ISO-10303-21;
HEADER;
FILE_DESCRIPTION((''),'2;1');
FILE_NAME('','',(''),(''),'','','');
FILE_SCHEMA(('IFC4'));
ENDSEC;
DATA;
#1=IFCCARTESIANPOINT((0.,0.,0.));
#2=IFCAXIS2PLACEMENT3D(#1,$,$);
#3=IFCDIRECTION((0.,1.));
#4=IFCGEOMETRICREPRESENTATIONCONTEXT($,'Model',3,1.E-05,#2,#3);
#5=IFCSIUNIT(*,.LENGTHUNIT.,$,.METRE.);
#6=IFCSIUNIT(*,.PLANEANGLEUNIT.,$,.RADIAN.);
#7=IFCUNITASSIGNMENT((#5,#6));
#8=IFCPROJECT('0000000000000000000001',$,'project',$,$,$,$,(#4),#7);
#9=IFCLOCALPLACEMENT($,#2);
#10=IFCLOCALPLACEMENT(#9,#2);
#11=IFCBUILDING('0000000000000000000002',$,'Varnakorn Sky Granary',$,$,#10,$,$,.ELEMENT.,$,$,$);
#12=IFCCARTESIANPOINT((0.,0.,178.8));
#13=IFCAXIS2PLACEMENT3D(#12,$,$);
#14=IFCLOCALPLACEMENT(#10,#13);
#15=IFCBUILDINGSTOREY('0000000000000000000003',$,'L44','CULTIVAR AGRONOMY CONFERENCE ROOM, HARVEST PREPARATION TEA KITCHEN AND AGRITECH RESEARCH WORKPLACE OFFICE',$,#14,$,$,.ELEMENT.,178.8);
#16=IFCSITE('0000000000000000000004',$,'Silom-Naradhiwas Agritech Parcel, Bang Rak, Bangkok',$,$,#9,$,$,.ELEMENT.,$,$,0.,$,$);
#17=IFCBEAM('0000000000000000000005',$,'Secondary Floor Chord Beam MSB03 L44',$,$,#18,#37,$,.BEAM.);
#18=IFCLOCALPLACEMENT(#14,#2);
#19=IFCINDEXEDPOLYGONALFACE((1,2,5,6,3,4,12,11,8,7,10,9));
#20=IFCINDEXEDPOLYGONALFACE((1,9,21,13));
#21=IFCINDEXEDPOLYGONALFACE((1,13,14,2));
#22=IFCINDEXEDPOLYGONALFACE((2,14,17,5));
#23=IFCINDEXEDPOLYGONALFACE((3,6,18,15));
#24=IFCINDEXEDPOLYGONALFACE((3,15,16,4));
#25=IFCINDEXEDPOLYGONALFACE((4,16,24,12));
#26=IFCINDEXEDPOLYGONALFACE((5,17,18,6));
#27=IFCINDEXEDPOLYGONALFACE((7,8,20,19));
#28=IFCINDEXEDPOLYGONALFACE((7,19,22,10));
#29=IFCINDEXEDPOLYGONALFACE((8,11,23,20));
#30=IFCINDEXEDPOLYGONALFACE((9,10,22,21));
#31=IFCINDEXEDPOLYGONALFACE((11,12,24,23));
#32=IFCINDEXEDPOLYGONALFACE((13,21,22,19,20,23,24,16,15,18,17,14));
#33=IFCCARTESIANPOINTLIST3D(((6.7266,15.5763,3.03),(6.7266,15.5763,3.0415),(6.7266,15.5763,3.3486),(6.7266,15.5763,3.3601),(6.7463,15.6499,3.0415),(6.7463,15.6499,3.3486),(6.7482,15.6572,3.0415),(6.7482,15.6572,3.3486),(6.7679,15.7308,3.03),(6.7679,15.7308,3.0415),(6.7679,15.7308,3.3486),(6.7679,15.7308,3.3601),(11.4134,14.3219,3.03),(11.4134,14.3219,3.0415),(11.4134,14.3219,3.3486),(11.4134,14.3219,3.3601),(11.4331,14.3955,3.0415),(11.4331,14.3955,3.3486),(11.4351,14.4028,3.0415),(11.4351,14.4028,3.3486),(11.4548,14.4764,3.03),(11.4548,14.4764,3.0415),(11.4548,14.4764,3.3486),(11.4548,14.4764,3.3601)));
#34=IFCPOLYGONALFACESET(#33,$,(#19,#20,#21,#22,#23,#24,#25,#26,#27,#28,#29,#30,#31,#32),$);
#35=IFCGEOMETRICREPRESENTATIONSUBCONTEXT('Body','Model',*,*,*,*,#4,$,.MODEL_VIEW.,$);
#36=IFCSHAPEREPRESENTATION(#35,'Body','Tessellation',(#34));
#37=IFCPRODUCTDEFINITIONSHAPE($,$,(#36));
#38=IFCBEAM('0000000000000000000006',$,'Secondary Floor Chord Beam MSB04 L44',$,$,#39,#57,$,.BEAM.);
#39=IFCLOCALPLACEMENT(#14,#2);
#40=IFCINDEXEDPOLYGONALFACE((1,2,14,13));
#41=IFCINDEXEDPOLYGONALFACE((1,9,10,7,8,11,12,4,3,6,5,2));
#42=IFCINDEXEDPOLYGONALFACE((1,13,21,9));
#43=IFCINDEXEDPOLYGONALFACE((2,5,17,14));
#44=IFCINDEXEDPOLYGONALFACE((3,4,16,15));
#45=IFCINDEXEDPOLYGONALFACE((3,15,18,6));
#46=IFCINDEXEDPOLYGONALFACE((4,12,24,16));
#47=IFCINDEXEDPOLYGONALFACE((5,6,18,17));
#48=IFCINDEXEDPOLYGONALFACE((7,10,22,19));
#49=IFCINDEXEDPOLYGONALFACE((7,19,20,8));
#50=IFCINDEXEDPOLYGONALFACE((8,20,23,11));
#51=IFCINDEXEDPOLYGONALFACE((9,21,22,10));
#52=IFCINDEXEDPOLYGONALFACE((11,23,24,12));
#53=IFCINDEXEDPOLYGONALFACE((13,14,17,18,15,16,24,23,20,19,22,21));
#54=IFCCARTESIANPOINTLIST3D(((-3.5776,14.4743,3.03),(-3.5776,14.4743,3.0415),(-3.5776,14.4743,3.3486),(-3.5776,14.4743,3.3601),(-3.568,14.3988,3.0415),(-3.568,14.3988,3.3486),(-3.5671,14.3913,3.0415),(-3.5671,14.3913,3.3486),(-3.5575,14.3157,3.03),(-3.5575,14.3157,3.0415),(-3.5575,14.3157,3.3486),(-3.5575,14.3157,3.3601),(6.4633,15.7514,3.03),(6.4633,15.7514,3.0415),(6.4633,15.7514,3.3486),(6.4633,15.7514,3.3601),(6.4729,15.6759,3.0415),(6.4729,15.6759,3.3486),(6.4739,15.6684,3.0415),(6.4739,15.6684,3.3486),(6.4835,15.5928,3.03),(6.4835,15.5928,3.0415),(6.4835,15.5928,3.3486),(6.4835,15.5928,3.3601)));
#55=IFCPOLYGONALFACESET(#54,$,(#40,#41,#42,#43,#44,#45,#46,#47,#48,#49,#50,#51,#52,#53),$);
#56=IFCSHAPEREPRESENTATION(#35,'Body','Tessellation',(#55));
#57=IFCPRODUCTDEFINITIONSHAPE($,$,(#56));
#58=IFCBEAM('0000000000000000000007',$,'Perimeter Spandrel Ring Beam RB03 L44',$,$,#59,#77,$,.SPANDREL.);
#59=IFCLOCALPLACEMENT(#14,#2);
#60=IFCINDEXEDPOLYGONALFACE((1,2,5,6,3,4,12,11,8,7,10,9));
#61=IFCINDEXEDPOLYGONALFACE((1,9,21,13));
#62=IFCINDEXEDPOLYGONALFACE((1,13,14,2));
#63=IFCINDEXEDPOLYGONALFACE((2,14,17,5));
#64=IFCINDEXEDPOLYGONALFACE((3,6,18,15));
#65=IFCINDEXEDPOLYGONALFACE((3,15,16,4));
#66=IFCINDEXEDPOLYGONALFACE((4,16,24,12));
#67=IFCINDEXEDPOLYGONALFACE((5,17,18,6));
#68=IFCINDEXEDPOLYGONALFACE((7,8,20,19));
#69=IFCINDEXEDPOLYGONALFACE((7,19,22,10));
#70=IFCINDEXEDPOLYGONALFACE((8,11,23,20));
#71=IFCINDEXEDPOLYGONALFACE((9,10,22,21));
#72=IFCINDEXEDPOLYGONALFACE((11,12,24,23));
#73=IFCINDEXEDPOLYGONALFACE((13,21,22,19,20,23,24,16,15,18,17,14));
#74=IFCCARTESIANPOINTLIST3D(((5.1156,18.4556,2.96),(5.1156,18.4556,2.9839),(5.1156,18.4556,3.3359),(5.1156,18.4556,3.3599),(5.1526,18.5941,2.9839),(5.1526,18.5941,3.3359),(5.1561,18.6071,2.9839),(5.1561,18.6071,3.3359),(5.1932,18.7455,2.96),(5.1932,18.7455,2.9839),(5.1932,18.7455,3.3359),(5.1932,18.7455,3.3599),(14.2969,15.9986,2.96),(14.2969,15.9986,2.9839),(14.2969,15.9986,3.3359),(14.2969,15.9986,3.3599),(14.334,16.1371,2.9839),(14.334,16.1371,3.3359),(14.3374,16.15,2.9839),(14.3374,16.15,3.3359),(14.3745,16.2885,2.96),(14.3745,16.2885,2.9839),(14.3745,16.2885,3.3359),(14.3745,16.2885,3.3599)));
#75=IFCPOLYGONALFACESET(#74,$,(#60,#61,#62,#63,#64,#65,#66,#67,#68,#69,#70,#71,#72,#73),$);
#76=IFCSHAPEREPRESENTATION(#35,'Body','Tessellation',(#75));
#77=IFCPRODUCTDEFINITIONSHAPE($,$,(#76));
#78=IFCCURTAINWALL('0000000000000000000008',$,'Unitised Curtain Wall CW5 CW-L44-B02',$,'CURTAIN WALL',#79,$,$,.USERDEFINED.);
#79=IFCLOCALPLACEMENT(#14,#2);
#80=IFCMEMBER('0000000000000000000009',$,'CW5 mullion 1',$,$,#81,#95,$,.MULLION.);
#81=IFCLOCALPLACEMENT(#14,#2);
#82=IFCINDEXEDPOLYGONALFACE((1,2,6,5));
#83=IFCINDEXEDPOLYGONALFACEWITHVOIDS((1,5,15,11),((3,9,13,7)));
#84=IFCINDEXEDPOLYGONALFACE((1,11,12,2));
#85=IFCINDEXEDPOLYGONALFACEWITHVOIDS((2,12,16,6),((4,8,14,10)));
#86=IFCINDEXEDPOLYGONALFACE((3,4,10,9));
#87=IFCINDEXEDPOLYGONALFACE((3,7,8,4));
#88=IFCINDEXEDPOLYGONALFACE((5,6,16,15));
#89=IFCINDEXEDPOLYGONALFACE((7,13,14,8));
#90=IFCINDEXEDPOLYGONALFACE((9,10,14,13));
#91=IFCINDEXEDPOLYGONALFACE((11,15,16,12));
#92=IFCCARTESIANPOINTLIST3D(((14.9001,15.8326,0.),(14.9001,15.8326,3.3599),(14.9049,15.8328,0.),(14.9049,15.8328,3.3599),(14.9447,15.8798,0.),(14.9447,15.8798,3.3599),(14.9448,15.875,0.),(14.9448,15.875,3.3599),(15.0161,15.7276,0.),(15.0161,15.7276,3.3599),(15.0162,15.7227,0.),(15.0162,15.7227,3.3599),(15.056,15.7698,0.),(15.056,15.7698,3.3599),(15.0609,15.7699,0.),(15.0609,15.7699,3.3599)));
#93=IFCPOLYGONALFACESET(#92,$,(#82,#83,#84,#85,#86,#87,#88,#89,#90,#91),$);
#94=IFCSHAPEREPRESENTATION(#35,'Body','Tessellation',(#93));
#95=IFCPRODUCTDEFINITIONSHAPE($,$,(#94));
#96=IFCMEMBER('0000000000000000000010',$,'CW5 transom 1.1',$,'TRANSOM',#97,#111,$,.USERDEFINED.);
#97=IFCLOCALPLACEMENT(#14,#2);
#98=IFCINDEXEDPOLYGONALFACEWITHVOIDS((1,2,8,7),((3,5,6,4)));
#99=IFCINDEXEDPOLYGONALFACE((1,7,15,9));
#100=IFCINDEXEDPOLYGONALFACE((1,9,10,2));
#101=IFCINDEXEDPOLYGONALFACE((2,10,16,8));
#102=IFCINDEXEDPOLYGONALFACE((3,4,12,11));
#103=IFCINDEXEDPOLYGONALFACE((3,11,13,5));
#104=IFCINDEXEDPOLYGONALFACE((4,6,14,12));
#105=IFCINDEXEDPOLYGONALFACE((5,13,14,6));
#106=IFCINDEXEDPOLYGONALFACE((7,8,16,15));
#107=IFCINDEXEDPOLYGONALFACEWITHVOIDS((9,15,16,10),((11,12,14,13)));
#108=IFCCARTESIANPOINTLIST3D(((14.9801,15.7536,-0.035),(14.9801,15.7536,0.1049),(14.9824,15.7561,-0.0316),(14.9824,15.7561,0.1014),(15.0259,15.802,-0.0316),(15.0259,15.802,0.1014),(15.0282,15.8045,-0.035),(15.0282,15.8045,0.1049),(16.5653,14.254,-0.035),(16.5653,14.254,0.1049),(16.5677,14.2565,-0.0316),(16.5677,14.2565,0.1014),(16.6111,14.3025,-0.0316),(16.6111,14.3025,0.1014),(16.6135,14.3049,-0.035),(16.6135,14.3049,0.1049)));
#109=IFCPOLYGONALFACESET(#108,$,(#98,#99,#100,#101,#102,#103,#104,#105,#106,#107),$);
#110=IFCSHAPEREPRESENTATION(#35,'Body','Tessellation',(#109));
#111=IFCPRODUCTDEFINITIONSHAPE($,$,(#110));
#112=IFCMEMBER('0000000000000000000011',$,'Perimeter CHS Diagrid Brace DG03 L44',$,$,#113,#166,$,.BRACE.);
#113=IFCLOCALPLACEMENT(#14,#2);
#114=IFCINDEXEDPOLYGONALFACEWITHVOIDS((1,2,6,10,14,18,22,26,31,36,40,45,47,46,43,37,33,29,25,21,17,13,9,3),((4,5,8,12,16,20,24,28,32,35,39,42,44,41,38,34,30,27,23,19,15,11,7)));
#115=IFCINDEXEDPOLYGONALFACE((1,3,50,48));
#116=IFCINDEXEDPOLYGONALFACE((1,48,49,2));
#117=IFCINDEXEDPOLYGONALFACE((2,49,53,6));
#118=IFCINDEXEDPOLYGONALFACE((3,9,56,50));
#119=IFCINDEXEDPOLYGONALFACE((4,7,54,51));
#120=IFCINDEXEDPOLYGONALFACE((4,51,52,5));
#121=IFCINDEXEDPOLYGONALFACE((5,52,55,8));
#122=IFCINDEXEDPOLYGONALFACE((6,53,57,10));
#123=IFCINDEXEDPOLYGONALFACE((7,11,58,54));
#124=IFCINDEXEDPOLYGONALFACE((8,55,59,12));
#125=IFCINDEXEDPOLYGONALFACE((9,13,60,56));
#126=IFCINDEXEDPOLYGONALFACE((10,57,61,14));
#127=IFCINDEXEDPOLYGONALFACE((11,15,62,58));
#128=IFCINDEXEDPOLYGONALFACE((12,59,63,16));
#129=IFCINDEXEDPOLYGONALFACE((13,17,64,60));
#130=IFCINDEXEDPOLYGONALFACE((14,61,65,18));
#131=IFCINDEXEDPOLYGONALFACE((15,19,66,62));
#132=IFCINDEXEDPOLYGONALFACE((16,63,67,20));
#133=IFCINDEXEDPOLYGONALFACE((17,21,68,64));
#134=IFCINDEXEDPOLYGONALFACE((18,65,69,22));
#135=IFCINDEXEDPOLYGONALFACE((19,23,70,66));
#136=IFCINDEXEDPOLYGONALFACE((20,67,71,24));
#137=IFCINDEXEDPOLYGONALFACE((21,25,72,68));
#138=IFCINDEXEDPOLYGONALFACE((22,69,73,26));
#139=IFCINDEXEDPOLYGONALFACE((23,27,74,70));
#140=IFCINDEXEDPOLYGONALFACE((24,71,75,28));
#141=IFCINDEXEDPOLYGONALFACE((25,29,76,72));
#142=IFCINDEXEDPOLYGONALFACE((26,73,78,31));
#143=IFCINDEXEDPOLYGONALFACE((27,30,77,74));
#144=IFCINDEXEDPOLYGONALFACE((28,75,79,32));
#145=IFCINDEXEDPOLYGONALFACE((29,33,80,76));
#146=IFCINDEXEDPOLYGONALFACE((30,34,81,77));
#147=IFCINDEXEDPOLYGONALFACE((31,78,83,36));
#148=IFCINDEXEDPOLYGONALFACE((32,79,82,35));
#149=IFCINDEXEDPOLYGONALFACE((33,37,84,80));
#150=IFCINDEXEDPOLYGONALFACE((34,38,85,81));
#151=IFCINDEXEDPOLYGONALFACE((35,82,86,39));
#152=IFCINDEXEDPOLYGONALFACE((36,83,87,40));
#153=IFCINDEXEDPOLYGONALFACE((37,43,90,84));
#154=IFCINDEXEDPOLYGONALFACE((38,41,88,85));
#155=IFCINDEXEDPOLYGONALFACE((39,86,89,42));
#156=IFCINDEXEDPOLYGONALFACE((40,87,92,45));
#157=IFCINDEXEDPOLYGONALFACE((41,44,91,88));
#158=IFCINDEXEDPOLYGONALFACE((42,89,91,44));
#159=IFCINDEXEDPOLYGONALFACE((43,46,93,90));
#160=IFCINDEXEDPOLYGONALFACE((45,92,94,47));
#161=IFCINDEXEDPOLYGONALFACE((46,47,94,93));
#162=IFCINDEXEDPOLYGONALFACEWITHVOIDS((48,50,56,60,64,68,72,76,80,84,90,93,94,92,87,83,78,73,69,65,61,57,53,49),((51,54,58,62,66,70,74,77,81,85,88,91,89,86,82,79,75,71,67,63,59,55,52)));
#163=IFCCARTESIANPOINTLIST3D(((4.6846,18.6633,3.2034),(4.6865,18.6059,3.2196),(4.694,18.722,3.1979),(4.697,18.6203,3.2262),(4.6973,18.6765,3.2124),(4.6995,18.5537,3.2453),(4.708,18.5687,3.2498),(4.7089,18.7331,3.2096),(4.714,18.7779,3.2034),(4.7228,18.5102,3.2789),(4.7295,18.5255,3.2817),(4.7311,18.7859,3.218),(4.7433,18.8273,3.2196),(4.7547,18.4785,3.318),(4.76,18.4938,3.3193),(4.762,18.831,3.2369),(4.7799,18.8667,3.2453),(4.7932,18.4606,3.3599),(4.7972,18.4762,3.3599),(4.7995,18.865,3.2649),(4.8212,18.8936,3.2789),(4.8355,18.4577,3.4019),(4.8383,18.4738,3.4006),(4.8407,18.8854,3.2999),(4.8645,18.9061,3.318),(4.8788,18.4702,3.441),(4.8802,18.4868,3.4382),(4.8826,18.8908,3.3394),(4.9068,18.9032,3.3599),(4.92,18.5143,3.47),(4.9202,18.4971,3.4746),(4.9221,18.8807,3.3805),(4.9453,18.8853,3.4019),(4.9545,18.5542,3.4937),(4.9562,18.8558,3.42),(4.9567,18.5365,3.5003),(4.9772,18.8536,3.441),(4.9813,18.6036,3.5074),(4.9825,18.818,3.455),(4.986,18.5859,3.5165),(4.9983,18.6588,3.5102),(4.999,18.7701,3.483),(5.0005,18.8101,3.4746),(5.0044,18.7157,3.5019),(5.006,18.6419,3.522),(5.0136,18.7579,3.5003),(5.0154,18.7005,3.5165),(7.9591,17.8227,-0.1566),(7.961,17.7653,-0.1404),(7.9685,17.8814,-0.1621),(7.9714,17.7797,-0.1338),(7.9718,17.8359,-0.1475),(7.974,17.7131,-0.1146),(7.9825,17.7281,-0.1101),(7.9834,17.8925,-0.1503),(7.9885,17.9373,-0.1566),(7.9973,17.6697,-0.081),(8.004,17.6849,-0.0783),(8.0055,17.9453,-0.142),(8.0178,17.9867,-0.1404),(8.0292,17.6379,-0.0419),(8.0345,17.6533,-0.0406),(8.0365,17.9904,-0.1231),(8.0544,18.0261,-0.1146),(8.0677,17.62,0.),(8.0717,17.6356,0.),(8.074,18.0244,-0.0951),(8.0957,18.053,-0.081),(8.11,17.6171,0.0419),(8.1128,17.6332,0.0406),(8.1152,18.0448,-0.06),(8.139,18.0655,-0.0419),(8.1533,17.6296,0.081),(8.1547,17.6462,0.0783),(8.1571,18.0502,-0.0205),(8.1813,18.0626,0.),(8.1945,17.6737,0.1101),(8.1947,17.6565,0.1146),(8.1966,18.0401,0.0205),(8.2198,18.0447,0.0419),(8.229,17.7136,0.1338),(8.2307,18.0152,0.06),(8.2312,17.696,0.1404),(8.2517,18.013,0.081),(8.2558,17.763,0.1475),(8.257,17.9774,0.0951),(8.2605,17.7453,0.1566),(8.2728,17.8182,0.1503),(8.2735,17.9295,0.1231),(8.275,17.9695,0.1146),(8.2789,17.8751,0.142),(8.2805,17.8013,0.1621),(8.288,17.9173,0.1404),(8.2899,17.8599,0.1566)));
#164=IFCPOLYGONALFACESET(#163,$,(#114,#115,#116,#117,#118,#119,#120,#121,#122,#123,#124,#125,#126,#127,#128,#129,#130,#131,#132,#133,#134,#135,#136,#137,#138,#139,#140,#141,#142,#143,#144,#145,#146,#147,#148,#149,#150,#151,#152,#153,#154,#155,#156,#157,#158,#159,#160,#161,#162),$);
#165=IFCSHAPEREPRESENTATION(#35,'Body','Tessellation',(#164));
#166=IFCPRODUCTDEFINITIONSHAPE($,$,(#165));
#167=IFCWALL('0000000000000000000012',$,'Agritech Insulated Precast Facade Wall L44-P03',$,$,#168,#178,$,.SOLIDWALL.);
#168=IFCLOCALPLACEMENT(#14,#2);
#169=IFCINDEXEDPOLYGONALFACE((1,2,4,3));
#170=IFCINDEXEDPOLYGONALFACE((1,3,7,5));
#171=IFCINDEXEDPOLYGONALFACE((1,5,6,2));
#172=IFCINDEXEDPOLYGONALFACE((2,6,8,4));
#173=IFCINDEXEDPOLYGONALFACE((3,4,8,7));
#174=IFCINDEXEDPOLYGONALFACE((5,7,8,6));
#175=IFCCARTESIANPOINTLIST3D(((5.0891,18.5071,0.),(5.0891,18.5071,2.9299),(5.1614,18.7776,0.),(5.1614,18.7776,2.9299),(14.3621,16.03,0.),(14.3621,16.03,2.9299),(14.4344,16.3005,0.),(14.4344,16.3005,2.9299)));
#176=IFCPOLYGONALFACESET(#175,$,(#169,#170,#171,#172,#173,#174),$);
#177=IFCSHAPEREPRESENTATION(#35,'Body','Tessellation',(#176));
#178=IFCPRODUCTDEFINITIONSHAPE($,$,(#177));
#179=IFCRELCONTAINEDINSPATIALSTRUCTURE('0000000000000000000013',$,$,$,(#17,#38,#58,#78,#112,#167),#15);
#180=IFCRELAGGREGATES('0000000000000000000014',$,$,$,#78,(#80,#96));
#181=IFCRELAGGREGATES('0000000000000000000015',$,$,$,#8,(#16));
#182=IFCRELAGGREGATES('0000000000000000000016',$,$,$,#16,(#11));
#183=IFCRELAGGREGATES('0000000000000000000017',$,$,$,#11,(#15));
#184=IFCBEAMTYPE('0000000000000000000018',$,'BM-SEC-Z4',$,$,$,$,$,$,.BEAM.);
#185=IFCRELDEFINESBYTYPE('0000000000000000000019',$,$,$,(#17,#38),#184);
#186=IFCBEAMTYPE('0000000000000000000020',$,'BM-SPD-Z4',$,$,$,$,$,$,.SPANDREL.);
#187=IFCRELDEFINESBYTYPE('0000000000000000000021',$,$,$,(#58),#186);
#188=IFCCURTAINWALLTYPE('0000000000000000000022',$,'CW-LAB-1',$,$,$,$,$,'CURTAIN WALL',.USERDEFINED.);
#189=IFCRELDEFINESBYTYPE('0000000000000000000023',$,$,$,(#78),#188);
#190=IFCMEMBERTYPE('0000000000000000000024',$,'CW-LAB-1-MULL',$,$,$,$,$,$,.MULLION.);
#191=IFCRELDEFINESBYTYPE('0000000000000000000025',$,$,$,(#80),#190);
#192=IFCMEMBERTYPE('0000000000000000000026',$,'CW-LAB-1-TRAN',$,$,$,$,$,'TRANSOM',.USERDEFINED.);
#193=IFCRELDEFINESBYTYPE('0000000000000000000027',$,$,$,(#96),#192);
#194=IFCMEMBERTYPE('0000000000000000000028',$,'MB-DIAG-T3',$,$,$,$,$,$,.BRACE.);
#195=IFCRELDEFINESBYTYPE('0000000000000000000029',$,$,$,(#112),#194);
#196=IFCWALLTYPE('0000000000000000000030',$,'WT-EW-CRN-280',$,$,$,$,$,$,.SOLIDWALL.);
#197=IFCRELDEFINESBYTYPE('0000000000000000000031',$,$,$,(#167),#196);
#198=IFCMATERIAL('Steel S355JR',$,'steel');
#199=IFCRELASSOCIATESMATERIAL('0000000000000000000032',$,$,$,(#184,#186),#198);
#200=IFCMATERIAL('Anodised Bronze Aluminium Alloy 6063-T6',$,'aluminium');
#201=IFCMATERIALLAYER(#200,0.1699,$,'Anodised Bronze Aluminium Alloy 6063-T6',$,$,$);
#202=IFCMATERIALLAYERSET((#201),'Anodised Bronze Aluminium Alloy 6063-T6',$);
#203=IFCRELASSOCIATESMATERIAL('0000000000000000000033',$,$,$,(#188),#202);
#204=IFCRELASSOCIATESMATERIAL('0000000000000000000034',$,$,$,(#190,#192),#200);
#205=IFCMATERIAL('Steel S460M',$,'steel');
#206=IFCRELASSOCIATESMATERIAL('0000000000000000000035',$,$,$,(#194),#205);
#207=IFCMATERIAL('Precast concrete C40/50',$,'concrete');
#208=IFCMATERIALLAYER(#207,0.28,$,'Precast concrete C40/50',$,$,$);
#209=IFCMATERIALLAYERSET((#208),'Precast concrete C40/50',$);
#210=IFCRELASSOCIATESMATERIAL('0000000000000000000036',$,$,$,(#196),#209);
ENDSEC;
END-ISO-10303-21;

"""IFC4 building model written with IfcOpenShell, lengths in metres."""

from ifc_helpers import new_model, si_unit, direction, frame, frame_2d, origin, origin_2d, place, context, subcontext, project, spatial, rectangle, hollow_rectangle, hollow_circle, i_section, extrude, material, layer, layer_set, material_profile, profile_set, type_object, element, aggregate, save


model = new_model("IFC4")

# Units and contexts
model_context = context("Model", 3, precision=1e-05, world=origin(), true_north=direction((0.0, 1.0)))
body_context = subcontext(model_context, "Body", "Model", "MODEL_VIEW")
ifc_project = project(units=[si_unit("LENGTHUNIT", "METRE"), si_unit("PLANEANGLEUNIT", "RADIAN")], contexts=[model_context])

# Site, building, storey
site_placement = place(None, origin())
site = spatial("IfcSite", under=ifc_project, at=site_placement, Name="Silom-Naradhiwas Agritech Parcel, Bang Rak, Bangkok", CompositionType="ELEMENT", RefElevation=0.0)
building_placement = place(site_placement, origin())
building = spatial("IfcBuilding", under=site, at=building_placement, Name="Varnakorn Sky Granary", CompositionType="ELEMENT")
storey_placement = place(building_placement, frame((0.0, 0.0, 178.8)))
storey = spatial("IfcBuildingStorey", under=building, at=storey_placement, Name="L44", Description="CULTIVAR AGRONOMY CONFERENCE ROOM, HARVEST PREPARATION TEA KITCHEN AND AGRITECH RESEARCH WORKPLACE OFFICE", CompositionType="ELEMENT", Elevation=178.8)

# Shared definitions
ifc_material_1 = material(Name="Steel S460M", Category="steel")

# Beams
ifc_material_2 = material(Name="Steel S355JR", Category="steel")
ifc_material_profile_1 = material_profile(ifc_material_2, i_section(OverallWidth=0.1599, OverallDepth=0.3301, WebThickness=0.0076, FlangeThickness=0.0115, at=origin_2d()), Name="IPE 330")
ifc_profile_set_1 = profile_set([ifc_material_profile_1], Name="Steel S355JR")
beam_type_1 = type_object("IfcBeamType", Name="BM-SEC-Z4", PredefinedType="BEAM", material=ifc_profile_set_1)
beam_1_placement = place(storey_placement, frame((11.4341, 14.3992, 3.1951), z_axis=(-0.965999, 0.258546, 0.0), x_axis=(-0.258546, -0.965999, 0.0)))
element("IfcBeam", 1, at=beam_1_placement, inside=storey, type_object=beam_type_1, Name="Secondary Floor Chord Beam MSB03 L44", PredefinedType="BEAM", context=body_context, shape_type="SweptSolid", body=[
    extrude(i_section(OverallWidth=0.1599, OverallDepth=0.3301, WebThickness=0.0076, FlangeThickness=0.0115, at=origin_2d()), origin(), (0.0, 0.0, 1.0), 4.8518),
])
beam_2_placement = place(storey_placement, frame((6.4734, 15.6721, 3.1951), z_axis=(-0.992008, -0.126172, 0.0), x_axis=(0.126172, -0.992008, 0.0)))
element("IfcBeam", 2, at=beam_2_placement, inside=storey, type_object=beam_type_1, Name="Secondary Floor Chord Beam MSB04 L44", PredefinedType="BEAM", context=body_context, shape_type="SweptSolid", body=[
    extrude(i_section(OverallWidth=0.1599, OverallDepth=0.3301, WebThickness=0.0076, FlangeThickness=0.0115, at=origin_2d()), origin(), (0.0, 0.0, 1.0), 10.1218),
])
ifc_material_profile_2 = material_profile(ifc_material_2, i_section(OverallWidth=0.3, OverallDepth=0.3999, WebThickness=0.0134, FlangeThickness=0.0239, at=origin_2d()), Name="HE 400 B")
ifc_profile_set_2 = profile_set([ifc_material_profile_2], Name="Steel S355JR")
beam_type_2 = type_object("IfcBeamType", Name="BM-SPD-Z4", PredefinedType="SPANDREL", material=ifc_profile_set_2)
beam_3_placement = place(storey_placement, frame((14.3357, 16.1436, 3.1599), z_axis=(-0.966008, 0.258513, 0.0), x_axis=(-0.258513, -0.966008, 0.0)))
element("IfcBeam", 3, at=beam_3_placement, inside=storey, type_object=beam_type_2, Name="Perimeter Spandrel Ring Beam RB03 L44", PredefinedType="SPANDREL", context=body_context, shape_type="SweptSolid", body=[
    extrude(i_section(OverallWidth=0.3, OverallDepth=0.3999, WebThickness=0.0134, FlangeThickness=0.0239, at=origin_2d()), origin(), (0.0, 0.0, 1.0), 9.5044),
])

# Curtain wall, members
ifc_material_3 = material(Name="Anodised Bronze Aluminium Alloy 6063-T6", Category="aluminium")
ifc_layer_1 = layer(ifc_material_3, 0.1699, Name="Anodised Bronze Aluminium Alloy 6063-T6")
ifc_layer_set_1 = layer_set([ifc_layer_1], Name="Anodised Bronze Aluminium Alloy 6063-T6")
curtain_wall_type = type_object("IfcCurtainWallType", Name="CW-LAB-1", ElementType="CURTAIN WALL", PredefinedType="USERDEFINED", material=ifc_layer_set_1)
curtain_wall_placement = place(storey_placement, origin())
curtain_wall = element("IfcCurtainWall", 4, at=curtain_wall_placement, inside=storey, type_object=curtain_wall_type, Name="Unitised Curtain Wall CW5 CW-L44-B02", ObjectType="CURTAIN WALL", PredefinedType="USERDEFINED")
ifc_material_profile_3 = material_profile(ifc_material_3, hollow_rectangle(XDim=0.0649, YDim=0.1599, WallThickness=0.0034, at=origin_2d()), Name="ALU MULL 65x160")
ifc_profile_set_3 = profile_set([ifc_material_profile_3], Name="Anodised Bronze Aluminium Alloy 6063-T6")
member_type_1 = type_object("IfcMemberType", Name="CW-LAB-1-MULL", PredefinedType="MULLION", material=ifc_profile_set_3)
member_1_placement = place(storey_placement, frame((14.9805, 15.8013, 0.0), z_axis=(0.0, 0.0, 1.0), x_axis=(0.687124, 0.726541, 0.0)))
member_1 = element("IfcMember", 5, at=member_1_placement, type_object=member_type_1, Name="CW5 mullion 1", PredefinedType="MULLION", context=body_context, shape_type="SweptSolid", body=[
    extrude(hollow_rectangle(XDim=0.0649, YDim=0.1599, WallThickness=0.0034, at=origin_2d()), origin(), (0.0, 0.0, 1.0), 3.3599),
])
ifc_material_profile_4 = material_profile(ifc_material_3, hollow_rectangle(XDim=0.0701, YDim=0.1399, WallThickness=0.0034, at=origin_2d()), Name="ALU TRAN 70x140")
ifc_profile_set_4 = profile_set([ifc_material_profile_4], Name="Anodised Bronze Aluminium Alloy 6063-T6")
member_type_2 = type_object("IfcMemberType", Name="CW-LAB-1-TRAN", ElementType="TRANSOM", PredefinedType="USERDEFINED", material=ifc_profile_set_4)
member_2_placement = place(storey_placement, frame((15.0042, 15.7791, 0.0349), z_axis=(0.72647, -0.687198, 0.0), x_axis=(0.687198, 0.72647, 0.0)))
member_2 = element("IfcMember", 6, at=member_2_placement, type_object=member_type_2, Name="CW5 transom 1.1", ObjectType="TRANSOM", PredefinedType="USERDEFINED", context=body_context, shape_type="SweptSolid", body=[
    extrude(hollow_rectangle(XDim=0.0701, YDim=0.1399, WallThickness=0.0034, at=origin_2d()), origin(), (0.0, 0.0, 1.0), 2.1821),
])
aggregate(curtain_wall, [member_1, member_2])

# Member
ifc_material_profile_5 = material_profile(ifc_material_1, hollow_circle(Radius=0.2285, WallThickness=0.0161, at=origin_2d()), Name="CHS 457x16")
ifc_profile_set_5 = profile_set([ifc_material_profile_5], Name="Steel S460M")
member_type_3 = type_object("IfcMemberType", Name="MB-DIAG-T3", PredefinedType="BRACE", material=ifc_profile_set_5)
member_3_placement = place(storey_placement, frame((8.1245, 17.8413, 0.0), z_axis=(-0.687002, 0.17636, 0.70493), x_axis=(-0.248648, -0.968594, 0.0)))
element("IfcMember", 7, at=member_3_placement, inside=storey, type_object=member_type_3, Name="Perimeter CHS Diagrid Brace DG03 L44", PredefinedType="BRACE", context=body_context, shape_type="SweptSolid", body=[
    extrude(hollow_circle(Radius=0.2285, WallThickness=0.0161, at=origin_2d()), origin(), (0.0, 0.0, 1.0), 4.7664),
])

# Wall
ifc_material_4 = material(Name="Precast concrete C40/50", Category="concrete")
ifc_layer_2 = layer(ifc_material_4, 0.28, Name="Precast concrete C40/50")
ifc_layer_set_2 = layer_set([ifc_layer_2], Name="Precast concrete C40/50")
wall_type_1 = type_object("IfcWallType", Name="WT-EW-CRN-280", PredefinedType="SOLIDWALL", material=ifc_layer_set_2)
wall_1_placement = place(storey_placement, frame((5.1252, 18.6423, 0.0), z_axis=(0.0, 0.0, 1.0), x_axis=(0.966124, -0.258077, 0.0)))
element("IfcWall", 8, at=wall_1_placement, inside=storey, type_object=wall_type_1, Name="Agritech Insulated Precast Facade Wall L44-P03", PredefinedType="SOLIDWALL", context=body_context, shape_type="SweptSolid", body=[
    extrude(rectangle(XDim=9.5981, YDim=0.28, at=frame_2d((4.7991, 0.0))), origin(), (0.0, 0.0, 1.0), 2.9299),
])

save(model, "model.ifc")
